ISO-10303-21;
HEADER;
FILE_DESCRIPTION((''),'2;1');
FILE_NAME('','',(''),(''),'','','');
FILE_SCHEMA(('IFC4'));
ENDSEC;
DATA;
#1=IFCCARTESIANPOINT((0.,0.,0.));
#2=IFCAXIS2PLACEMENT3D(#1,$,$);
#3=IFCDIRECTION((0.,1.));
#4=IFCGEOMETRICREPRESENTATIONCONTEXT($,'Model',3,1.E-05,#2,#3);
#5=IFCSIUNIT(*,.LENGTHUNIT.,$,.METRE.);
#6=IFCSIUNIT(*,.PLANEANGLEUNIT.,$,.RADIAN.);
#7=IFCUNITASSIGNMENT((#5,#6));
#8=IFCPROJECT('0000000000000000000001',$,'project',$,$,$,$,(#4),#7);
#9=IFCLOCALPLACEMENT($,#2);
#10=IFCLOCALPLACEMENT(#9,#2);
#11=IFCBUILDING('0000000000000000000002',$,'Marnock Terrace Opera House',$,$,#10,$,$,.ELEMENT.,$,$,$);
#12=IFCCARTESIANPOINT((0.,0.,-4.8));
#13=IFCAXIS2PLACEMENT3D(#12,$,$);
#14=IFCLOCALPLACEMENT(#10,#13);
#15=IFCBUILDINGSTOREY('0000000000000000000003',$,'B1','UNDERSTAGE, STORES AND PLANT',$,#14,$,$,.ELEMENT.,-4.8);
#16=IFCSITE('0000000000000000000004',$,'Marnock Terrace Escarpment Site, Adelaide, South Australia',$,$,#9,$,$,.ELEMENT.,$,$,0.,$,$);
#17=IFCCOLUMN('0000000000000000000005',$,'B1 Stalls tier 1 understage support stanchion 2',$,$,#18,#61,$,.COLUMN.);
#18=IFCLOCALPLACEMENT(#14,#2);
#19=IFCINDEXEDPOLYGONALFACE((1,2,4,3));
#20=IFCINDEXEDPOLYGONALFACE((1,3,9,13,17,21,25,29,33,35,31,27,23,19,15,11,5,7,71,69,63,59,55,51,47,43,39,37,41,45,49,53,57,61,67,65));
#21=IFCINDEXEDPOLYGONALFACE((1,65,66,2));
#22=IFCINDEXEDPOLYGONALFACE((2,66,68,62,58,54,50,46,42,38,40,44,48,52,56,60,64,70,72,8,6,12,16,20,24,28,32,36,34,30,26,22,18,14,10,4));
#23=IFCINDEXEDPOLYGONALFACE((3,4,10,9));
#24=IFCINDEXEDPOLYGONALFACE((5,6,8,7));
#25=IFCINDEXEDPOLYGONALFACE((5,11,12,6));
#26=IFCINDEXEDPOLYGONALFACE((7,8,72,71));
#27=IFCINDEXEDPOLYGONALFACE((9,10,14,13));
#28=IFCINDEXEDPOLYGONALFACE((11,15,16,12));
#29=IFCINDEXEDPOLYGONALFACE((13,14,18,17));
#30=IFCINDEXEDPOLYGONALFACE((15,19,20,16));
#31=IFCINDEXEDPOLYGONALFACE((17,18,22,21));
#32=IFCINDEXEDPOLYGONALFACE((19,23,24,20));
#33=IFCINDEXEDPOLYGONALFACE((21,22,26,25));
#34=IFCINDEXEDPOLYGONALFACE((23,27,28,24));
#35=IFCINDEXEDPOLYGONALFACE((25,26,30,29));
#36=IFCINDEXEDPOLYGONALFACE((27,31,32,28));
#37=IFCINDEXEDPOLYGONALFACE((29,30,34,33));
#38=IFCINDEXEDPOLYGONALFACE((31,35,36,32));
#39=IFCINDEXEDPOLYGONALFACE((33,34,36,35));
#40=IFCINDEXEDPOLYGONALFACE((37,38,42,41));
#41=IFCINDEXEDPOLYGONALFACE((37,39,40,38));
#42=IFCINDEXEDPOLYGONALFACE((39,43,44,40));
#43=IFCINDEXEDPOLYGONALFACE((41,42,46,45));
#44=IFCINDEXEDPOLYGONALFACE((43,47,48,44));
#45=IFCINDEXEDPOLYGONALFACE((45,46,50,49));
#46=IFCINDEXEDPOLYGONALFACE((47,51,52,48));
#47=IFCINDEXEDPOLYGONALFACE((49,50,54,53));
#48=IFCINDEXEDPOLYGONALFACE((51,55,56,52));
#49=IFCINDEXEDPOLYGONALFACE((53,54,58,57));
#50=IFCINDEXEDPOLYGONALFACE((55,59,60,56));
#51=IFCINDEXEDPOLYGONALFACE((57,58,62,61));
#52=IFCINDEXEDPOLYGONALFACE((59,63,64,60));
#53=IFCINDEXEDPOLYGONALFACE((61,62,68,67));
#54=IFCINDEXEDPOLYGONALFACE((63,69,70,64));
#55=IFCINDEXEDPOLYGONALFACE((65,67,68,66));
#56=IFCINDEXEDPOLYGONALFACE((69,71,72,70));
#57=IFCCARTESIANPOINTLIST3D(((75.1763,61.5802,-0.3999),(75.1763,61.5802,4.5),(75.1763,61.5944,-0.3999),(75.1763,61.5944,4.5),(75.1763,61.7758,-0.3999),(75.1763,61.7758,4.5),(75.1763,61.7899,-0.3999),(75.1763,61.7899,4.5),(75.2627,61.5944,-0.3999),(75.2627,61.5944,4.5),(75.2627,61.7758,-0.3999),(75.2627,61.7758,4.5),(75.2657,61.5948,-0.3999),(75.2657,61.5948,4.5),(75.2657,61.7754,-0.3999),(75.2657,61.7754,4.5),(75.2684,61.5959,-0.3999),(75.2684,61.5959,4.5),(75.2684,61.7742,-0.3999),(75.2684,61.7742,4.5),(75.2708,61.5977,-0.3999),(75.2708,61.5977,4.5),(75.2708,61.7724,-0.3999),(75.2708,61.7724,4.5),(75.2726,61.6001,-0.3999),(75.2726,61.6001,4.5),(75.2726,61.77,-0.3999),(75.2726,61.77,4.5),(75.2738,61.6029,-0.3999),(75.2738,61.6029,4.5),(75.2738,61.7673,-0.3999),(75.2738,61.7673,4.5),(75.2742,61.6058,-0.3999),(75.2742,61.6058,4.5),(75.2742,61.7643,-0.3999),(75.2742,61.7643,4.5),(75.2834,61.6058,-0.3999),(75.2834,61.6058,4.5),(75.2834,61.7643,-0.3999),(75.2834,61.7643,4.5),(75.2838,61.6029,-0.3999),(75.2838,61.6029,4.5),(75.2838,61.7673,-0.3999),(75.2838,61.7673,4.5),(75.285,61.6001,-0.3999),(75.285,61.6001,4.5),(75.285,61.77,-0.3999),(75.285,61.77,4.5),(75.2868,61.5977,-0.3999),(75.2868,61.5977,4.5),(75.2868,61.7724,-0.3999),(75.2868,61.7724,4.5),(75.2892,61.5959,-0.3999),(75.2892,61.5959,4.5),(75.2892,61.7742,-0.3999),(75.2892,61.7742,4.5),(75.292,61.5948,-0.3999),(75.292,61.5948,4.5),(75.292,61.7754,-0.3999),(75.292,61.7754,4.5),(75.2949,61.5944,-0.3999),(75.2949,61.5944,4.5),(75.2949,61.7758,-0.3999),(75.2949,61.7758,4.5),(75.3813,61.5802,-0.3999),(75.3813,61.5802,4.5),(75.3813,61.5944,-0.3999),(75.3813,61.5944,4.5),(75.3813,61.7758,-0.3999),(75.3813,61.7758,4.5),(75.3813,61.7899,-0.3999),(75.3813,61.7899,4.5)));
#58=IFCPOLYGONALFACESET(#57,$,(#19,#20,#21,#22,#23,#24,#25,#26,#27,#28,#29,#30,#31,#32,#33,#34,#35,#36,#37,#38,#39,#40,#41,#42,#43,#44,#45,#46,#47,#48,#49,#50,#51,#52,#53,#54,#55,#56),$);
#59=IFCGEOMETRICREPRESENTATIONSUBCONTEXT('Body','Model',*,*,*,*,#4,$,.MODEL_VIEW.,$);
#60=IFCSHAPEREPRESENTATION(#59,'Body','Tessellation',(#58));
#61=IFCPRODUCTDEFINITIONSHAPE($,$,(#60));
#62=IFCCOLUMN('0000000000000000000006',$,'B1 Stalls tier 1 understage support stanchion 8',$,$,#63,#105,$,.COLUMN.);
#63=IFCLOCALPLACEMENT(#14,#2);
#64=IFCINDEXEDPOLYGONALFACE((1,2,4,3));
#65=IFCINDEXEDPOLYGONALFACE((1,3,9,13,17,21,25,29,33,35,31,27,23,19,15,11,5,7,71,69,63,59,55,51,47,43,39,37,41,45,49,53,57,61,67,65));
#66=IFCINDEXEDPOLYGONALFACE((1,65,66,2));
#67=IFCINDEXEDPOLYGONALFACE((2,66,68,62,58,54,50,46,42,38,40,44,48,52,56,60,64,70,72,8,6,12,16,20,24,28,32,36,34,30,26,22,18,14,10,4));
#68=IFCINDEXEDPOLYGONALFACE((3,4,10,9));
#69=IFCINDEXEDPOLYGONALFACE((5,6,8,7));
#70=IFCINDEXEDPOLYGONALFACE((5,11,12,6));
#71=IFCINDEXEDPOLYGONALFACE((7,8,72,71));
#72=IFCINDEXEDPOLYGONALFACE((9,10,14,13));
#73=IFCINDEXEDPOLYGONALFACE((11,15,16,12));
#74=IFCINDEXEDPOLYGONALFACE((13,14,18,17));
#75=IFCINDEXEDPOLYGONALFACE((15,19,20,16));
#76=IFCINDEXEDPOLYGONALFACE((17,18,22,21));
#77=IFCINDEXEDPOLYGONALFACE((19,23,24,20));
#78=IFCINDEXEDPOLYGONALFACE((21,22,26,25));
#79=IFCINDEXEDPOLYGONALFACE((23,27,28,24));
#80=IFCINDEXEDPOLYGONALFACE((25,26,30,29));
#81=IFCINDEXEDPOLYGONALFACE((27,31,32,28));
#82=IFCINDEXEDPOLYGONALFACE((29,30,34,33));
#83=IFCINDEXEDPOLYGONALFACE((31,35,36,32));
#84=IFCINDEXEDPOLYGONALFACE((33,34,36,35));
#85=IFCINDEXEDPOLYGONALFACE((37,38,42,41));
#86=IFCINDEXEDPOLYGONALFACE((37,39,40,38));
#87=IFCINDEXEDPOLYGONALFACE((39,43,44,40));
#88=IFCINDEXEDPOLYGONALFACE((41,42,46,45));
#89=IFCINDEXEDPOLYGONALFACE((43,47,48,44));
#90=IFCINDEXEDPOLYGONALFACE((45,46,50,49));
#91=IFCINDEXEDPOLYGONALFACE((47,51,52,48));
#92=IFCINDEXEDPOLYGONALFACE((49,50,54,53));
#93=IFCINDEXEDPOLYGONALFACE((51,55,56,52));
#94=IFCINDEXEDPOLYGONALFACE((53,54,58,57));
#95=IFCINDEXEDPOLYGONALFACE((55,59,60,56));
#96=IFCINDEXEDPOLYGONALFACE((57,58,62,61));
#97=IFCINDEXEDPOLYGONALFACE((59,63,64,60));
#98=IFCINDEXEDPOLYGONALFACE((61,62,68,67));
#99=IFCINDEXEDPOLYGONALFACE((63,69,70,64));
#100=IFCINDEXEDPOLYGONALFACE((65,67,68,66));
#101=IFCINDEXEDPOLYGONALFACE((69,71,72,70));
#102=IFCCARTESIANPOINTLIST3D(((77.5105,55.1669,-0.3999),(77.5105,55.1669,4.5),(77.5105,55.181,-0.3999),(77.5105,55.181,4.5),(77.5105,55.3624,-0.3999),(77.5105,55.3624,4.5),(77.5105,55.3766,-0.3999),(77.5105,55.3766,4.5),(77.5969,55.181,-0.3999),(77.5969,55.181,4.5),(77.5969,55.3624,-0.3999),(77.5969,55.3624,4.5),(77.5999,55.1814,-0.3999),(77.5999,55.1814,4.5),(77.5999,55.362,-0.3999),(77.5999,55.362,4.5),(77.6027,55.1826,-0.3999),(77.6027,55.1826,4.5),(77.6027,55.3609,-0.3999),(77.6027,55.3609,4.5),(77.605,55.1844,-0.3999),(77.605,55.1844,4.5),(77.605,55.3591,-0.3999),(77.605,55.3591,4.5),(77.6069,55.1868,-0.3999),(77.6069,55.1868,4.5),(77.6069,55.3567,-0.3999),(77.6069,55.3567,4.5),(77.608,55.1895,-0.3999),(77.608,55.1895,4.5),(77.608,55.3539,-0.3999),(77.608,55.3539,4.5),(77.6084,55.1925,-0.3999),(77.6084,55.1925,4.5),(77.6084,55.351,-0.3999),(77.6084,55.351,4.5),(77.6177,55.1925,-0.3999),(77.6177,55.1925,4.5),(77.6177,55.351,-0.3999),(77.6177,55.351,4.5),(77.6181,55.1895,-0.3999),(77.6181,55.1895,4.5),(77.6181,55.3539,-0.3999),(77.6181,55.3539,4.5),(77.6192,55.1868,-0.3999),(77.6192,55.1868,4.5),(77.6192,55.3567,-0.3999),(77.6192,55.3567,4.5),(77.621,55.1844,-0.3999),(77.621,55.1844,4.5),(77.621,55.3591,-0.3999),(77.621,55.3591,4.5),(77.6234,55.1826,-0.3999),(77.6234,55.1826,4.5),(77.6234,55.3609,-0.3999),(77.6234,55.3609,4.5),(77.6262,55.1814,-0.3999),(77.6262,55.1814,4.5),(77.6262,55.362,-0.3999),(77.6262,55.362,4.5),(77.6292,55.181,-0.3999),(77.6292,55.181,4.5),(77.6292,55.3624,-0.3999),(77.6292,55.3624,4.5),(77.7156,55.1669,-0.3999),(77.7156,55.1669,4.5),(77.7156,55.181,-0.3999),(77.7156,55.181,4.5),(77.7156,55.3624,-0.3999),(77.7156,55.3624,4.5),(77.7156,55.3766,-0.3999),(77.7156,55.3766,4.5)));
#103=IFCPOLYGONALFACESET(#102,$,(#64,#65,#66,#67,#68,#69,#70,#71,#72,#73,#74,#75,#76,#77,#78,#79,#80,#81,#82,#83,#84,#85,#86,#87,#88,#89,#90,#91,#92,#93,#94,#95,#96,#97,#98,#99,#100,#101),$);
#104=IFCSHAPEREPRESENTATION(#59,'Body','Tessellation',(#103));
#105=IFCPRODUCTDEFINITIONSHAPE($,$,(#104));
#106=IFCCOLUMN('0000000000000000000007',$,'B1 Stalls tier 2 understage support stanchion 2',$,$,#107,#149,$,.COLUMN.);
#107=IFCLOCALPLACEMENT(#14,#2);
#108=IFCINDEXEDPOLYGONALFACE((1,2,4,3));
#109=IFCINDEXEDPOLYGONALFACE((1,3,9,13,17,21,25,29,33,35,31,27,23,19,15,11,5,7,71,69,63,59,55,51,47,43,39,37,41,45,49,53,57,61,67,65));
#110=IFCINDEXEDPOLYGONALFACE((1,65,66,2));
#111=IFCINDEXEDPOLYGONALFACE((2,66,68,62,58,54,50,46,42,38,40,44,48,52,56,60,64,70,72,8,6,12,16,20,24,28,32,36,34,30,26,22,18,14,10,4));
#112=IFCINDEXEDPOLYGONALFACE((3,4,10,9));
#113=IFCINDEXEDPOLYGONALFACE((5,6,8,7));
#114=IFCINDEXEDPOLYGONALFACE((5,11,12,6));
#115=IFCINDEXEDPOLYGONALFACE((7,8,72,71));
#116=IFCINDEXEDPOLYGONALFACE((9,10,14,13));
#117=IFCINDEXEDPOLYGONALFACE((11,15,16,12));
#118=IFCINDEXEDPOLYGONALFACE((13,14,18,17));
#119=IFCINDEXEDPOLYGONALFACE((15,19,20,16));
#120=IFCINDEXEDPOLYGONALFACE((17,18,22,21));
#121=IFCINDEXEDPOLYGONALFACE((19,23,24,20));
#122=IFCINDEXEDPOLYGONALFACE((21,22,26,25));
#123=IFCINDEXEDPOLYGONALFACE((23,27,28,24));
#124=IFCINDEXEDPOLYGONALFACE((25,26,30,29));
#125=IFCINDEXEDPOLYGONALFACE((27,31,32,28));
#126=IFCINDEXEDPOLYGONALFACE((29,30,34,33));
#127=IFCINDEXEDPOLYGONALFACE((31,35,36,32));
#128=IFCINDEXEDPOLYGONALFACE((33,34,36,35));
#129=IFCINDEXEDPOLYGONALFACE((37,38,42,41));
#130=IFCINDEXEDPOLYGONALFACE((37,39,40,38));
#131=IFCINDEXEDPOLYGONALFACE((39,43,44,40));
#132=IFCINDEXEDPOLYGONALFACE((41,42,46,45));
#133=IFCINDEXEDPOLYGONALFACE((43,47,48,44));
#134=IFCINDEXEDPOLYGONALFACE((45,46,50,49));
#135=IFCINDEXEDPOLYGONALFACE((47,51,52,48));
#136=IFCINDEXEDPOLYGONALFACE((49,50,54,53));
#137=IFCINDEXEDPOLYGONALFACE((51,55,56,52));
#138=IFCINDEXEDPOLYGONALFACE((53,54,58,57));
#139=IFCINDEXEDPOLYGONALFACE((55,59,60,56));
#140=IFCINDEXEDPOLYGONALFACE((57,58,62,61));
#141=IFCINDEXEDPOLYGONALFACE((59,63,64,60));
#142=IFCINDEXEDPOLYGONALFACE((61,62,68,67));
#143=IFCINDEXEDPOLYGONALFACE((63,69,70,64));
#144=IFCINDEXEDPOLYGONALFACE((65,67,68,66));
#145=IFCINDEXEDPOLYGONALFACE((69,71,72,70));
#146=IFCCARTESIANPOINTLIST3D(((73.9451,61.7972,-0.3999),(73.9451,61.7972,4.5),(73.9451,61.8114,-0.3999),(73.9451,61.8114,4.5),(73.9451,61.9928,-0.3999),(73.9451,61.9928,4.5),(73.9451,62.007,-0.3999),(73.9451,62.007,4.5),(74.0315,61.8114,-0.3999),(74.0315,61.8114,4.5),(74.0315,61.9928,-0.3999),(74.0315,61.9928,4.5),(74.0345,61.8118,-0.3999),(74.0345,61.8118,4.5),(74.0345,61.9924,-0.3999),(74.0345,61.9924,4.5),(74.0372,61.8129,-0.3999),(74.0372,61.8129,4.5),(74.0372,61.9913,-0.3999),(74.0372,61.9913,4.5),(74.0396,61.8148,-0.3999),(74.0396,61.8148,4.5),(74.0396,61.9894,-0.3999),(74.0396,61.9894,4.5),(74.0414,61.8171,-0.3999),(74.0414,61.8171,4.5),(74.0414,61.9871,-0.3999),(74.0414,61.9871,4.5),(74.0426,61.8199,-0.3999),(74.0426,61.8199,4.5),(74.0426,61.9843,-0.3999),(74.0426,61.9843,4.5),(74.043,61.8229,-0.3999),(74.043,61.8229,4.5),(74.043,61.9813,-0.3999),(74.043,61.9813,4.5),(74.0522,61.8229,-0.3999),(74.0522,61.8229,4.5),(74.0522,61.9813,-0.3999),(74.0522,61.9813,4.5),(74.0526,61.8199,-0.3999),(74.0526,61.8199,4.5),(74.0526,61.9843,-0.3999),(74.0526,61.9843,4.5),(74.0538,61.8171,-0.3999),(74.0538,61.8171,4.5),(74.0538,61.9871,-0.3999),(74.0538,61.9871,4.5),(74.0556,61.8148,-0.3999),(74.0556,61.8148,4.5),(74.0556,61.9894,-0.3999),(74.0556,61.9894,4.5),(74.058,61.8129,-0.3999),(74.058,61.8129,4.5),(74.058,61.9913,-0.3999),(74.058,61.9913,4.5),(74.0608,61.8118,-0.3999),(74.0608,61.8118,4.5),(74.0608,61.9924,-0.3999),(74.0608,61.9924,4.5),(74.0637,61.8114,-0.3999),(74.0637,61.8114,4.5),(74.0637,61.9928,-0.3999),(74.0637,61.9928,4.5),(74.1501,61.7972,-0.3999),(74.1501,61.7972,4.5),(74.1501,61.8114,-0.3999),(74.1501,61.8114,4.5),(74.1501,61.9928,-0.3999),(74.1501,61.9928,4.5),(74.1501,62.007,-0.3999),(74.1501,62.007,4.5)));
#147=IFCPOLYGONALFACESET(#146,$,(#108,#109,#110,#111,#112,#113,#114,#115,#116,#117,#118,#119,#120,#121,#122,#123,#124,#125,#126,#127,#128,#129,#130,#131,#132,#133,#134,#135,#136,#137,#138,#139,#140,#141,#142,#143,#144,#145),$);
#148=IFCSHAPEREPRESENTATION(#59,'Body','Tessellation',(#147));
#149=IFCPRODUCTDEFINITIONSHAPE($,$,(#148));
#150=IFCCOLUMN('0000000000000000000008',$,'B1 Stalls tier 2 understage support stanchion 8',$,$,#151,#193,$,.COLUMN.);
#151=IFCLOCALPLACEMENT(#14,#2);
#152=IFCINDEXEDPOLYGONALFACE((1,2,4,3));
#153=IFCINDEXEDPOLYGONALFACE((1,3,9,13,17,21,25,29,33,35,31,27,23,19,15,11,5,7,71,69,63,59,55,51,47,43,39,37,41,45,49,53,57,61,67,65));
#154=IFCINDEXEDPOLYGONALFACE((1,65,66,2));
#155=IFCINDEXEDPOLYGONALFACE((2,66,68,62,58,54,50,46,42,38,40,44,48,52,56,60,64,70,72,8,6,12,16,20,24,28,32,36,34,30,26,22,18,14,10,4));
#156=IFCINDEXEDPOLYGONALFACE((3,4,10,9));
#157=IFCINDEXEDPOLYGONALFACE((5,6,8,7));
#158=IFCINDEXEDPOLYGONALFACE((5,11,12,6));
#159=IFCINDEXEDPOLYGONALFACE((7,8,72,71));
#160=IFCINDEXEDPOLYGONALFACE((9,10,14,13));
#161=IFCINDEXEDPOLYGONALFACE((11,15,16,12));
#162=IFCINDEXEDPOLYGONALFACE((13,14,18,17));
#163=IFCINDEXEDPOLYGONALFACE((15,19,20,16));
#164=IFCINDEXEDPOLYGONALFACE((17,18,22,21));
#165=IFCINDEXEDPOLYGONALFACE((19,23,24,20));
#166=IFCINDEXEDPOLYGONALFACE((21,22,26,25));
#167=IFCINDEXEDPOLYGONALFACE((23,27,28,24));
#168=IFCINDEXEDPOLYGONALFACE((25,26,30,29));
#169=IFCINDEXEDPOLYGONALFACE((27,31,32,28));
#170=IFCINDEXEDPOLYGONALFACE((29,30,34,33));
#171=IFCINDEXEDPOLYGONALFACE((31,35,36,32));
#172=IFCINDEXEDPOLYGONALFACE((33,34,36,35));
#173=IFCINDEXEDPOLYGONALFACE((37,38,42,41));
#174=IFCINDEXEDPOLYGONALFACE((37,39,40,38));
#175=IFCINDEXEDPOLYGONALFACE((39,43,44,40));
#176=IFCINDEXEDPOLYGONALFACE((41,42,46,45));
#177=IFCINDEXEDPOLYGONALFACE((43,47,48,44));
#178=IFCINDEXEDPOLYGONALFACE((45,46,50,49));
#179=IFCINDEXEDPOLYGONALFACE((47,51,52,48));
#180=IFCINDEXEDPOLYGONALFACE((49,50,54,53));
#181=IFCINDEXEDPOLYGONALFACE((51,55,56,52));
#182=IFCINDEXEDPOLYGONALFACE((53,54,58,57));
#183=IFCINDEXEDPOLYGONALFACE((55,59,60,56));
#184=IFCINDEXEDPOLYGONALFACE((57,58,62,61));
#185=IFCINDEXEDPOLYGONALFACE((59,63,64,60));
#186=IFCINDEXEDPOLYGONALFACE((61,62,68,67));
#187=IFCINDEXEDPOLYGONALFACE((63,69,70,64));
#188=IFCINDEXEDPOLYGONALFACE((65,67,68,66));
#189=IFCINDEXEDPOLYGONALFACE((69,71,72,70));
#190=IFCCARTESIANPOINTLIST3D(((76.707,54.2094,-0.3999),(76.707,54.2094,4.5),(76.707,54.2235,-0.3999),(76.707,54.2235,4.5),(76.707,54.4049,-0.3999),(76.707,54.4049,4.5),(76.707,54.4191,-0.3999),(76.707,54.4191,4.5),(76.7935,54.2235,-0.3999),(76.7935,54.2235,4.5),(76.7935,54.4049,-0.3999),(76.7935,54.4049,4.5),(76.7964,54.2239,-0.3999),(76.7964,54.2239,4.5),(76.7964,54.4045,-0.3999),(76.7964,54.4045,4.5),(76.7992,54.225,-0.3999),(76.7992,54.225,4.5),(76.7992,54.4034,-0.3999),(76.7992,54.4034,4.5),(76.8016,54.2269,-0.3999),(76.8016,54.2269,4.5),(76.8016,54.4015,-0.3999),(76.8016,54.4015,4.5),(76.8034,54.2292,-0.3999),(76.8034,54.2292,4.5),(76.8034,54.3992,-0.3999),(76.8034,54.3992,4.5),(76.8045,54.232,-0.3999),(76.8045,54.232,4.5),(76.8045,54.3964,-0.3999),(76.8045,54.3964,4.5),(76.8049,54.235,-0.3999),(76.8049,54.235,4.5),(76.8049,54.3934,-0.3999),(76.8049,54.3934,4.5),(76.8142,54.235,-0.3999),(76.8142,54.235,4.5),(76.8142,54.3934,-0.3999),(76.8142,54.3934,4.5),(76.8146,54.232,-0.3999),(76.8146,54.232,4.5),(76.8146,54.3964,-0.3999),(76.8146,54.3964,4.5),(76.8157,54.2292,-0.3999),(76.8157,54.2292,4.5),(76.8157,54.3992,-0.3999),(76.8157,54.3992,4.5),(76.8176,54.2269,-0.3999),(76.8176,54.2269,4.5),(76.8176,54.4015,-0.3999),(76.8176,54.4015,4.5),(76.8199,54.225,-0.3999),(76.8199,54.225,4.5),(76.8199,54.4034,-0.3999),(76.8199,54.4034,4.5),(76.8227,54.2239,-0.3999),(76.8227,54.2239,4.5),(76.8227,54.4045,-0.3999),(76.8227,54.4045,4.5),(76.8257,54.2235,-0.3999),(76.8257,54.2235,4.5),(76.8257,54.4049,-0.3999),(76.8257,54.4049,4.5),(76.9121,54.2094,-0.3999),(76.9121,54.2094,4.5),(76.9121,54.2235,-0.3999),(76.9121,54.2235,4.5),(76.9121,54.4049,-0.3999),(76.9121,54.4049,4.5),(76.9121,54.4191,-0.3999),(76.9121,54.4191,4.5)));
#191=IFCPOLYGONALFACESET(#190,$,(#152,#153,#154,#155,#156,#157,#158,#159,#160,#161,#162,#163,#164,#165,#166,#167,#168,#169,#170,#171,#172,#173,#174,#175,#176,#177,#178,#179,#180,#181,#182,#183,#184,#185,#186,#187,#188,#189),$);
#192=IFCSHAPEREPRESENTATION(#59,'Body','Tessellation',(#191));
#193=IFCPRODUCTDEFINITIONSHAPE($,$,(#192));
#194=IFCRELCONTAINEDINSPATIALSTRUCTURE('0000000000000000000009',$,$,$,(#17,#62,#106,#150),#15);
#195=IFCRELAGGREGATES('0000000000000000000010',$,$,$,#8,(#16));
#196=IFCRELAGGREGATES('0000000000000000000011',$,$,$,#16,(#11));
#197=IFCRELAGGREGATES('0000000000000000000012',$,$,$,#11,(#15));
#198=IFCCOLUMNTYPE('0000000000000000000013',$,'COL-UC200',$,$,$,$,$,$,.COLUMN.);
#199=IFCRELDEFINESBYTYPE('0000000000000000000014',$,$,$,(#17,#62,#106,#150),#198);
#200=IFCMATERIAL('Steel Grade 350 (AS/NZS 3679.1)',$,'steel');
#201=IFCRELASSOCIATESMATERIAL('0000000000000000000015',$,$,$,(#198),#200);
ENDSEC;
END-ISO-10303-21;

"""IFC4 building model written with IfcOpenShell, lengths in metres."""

from ifc_helpers import new_model, si_unit, direction, frame, origin, origin_2d, place, context, subcontext, project, spatial, i_section, extrude, material, material_profile, profile_set, type_object, element, save


model = new_model("IFC4")

# Units and contexts
model_context = context("Model", 3, precision=1e-05, world=origin(), true_north=direction((0.0, 1.0)))
body_context = subcontext(model_context, "Body", "Model", "MODEL_VIEW")
ifc_project = project(units=[si_unit("LENGTHUNIT", "METRE"), si_unit("PLANEANGLEUNIT", "RADIAN")], contexts=[model_context])

# Site, building, storey
site_placement = place(None, origin())
site = spatial("IfcSite", under=ifc_project, at=site_placement, Name="Marnock Terrace Escarpment Site, Adelaide, South Australia", CompositionType="ELEMENT", RefElevation=0.0)
building_placement = place(site_placement, origin())
building = spatial("IfcBuilding", under=site, at=building_placement, Name="Marnock Terrace Opera House", CompositionType="ELEMENT")
storey_placement = place(building_placement, frame((0.0, 0.0, -4.8)))
storey = spatial("IfcBuildingStorey", under=building, at=storey_placement, Name="B1", Description="UNDERSTAGE, STORES AND PLANT", CompositionType="ELEMENT", Elevation=-4.8)

# Columns
ifc_material_1 = material(Name="Steel Grade 350 (AS/NZS 3679.1)", Category="steel")
ifc_material_profile_1 = material_profile(ifc_material_1, i_section(OverallWidth=0.2051, OverallDepth=0.2097, WebThickness=0.0093, FlangeThickness=0.0142, FilletRadius=0.0115, at=origin_2d()))
ifc_profile_set_1 = profile_set([ifc_material_profile_1], Name="Steel Grade 350 (AS/NZS 3679.1)")
column_type_1 = type_object("IfcColumnType", Name="COL-UC200", PredefinedType="COLUMN", material=ifc_profile_set_1)
for number, where, z_axis, x_axis, name in (
    (1, (75.2788, 61.6851, -0.3999), (0.0, 0.0, 1.0), (1.0, 0.0, 0.0), "B1 Stalls tier 1 understage support stanchion 2"),
    (2, (77.613, 55.2717, -0.3999), (0.0, 0.0, 1.0), (1.0, 0.0, 0.0), "B1 Stalls tier 1 understage support stanchion 8"),
    (3, (74.0476, 61.9021, -0.3999), (0.0, 0.0, 1.0), (1.0, 0.0, 0.0), "B1 Stalls tier 2 understage support stanchion 2"),
    (4, (76.8096, 54.3142, -0.3999), (0.0, 0.0, 1.0), (1.0, 0.0, 0.0), "B1 Stalls tier 2 understage support stanchion 8"),
):
    element("IfcColumn", number, at=place(storey_placement, frame(where, z_axis=z_axis, x_axis=x_axis)), inside=storey, type_object=column_type_1, Name=name, PredefinedType="COLUMN", context=body_context, shape_type="SweptSolid", body=[
        extrude(i_section(OverallWidth=0.2051, OverallDepth=0.2097, WebThickness=0.0093, FlangeThickness=0.0142, FilletRadius=0.0115, at=origin_2d()), origin(), (0.0, 0.0, 1.0), 4.8999),
    ])

save(model, "model.ifc")
